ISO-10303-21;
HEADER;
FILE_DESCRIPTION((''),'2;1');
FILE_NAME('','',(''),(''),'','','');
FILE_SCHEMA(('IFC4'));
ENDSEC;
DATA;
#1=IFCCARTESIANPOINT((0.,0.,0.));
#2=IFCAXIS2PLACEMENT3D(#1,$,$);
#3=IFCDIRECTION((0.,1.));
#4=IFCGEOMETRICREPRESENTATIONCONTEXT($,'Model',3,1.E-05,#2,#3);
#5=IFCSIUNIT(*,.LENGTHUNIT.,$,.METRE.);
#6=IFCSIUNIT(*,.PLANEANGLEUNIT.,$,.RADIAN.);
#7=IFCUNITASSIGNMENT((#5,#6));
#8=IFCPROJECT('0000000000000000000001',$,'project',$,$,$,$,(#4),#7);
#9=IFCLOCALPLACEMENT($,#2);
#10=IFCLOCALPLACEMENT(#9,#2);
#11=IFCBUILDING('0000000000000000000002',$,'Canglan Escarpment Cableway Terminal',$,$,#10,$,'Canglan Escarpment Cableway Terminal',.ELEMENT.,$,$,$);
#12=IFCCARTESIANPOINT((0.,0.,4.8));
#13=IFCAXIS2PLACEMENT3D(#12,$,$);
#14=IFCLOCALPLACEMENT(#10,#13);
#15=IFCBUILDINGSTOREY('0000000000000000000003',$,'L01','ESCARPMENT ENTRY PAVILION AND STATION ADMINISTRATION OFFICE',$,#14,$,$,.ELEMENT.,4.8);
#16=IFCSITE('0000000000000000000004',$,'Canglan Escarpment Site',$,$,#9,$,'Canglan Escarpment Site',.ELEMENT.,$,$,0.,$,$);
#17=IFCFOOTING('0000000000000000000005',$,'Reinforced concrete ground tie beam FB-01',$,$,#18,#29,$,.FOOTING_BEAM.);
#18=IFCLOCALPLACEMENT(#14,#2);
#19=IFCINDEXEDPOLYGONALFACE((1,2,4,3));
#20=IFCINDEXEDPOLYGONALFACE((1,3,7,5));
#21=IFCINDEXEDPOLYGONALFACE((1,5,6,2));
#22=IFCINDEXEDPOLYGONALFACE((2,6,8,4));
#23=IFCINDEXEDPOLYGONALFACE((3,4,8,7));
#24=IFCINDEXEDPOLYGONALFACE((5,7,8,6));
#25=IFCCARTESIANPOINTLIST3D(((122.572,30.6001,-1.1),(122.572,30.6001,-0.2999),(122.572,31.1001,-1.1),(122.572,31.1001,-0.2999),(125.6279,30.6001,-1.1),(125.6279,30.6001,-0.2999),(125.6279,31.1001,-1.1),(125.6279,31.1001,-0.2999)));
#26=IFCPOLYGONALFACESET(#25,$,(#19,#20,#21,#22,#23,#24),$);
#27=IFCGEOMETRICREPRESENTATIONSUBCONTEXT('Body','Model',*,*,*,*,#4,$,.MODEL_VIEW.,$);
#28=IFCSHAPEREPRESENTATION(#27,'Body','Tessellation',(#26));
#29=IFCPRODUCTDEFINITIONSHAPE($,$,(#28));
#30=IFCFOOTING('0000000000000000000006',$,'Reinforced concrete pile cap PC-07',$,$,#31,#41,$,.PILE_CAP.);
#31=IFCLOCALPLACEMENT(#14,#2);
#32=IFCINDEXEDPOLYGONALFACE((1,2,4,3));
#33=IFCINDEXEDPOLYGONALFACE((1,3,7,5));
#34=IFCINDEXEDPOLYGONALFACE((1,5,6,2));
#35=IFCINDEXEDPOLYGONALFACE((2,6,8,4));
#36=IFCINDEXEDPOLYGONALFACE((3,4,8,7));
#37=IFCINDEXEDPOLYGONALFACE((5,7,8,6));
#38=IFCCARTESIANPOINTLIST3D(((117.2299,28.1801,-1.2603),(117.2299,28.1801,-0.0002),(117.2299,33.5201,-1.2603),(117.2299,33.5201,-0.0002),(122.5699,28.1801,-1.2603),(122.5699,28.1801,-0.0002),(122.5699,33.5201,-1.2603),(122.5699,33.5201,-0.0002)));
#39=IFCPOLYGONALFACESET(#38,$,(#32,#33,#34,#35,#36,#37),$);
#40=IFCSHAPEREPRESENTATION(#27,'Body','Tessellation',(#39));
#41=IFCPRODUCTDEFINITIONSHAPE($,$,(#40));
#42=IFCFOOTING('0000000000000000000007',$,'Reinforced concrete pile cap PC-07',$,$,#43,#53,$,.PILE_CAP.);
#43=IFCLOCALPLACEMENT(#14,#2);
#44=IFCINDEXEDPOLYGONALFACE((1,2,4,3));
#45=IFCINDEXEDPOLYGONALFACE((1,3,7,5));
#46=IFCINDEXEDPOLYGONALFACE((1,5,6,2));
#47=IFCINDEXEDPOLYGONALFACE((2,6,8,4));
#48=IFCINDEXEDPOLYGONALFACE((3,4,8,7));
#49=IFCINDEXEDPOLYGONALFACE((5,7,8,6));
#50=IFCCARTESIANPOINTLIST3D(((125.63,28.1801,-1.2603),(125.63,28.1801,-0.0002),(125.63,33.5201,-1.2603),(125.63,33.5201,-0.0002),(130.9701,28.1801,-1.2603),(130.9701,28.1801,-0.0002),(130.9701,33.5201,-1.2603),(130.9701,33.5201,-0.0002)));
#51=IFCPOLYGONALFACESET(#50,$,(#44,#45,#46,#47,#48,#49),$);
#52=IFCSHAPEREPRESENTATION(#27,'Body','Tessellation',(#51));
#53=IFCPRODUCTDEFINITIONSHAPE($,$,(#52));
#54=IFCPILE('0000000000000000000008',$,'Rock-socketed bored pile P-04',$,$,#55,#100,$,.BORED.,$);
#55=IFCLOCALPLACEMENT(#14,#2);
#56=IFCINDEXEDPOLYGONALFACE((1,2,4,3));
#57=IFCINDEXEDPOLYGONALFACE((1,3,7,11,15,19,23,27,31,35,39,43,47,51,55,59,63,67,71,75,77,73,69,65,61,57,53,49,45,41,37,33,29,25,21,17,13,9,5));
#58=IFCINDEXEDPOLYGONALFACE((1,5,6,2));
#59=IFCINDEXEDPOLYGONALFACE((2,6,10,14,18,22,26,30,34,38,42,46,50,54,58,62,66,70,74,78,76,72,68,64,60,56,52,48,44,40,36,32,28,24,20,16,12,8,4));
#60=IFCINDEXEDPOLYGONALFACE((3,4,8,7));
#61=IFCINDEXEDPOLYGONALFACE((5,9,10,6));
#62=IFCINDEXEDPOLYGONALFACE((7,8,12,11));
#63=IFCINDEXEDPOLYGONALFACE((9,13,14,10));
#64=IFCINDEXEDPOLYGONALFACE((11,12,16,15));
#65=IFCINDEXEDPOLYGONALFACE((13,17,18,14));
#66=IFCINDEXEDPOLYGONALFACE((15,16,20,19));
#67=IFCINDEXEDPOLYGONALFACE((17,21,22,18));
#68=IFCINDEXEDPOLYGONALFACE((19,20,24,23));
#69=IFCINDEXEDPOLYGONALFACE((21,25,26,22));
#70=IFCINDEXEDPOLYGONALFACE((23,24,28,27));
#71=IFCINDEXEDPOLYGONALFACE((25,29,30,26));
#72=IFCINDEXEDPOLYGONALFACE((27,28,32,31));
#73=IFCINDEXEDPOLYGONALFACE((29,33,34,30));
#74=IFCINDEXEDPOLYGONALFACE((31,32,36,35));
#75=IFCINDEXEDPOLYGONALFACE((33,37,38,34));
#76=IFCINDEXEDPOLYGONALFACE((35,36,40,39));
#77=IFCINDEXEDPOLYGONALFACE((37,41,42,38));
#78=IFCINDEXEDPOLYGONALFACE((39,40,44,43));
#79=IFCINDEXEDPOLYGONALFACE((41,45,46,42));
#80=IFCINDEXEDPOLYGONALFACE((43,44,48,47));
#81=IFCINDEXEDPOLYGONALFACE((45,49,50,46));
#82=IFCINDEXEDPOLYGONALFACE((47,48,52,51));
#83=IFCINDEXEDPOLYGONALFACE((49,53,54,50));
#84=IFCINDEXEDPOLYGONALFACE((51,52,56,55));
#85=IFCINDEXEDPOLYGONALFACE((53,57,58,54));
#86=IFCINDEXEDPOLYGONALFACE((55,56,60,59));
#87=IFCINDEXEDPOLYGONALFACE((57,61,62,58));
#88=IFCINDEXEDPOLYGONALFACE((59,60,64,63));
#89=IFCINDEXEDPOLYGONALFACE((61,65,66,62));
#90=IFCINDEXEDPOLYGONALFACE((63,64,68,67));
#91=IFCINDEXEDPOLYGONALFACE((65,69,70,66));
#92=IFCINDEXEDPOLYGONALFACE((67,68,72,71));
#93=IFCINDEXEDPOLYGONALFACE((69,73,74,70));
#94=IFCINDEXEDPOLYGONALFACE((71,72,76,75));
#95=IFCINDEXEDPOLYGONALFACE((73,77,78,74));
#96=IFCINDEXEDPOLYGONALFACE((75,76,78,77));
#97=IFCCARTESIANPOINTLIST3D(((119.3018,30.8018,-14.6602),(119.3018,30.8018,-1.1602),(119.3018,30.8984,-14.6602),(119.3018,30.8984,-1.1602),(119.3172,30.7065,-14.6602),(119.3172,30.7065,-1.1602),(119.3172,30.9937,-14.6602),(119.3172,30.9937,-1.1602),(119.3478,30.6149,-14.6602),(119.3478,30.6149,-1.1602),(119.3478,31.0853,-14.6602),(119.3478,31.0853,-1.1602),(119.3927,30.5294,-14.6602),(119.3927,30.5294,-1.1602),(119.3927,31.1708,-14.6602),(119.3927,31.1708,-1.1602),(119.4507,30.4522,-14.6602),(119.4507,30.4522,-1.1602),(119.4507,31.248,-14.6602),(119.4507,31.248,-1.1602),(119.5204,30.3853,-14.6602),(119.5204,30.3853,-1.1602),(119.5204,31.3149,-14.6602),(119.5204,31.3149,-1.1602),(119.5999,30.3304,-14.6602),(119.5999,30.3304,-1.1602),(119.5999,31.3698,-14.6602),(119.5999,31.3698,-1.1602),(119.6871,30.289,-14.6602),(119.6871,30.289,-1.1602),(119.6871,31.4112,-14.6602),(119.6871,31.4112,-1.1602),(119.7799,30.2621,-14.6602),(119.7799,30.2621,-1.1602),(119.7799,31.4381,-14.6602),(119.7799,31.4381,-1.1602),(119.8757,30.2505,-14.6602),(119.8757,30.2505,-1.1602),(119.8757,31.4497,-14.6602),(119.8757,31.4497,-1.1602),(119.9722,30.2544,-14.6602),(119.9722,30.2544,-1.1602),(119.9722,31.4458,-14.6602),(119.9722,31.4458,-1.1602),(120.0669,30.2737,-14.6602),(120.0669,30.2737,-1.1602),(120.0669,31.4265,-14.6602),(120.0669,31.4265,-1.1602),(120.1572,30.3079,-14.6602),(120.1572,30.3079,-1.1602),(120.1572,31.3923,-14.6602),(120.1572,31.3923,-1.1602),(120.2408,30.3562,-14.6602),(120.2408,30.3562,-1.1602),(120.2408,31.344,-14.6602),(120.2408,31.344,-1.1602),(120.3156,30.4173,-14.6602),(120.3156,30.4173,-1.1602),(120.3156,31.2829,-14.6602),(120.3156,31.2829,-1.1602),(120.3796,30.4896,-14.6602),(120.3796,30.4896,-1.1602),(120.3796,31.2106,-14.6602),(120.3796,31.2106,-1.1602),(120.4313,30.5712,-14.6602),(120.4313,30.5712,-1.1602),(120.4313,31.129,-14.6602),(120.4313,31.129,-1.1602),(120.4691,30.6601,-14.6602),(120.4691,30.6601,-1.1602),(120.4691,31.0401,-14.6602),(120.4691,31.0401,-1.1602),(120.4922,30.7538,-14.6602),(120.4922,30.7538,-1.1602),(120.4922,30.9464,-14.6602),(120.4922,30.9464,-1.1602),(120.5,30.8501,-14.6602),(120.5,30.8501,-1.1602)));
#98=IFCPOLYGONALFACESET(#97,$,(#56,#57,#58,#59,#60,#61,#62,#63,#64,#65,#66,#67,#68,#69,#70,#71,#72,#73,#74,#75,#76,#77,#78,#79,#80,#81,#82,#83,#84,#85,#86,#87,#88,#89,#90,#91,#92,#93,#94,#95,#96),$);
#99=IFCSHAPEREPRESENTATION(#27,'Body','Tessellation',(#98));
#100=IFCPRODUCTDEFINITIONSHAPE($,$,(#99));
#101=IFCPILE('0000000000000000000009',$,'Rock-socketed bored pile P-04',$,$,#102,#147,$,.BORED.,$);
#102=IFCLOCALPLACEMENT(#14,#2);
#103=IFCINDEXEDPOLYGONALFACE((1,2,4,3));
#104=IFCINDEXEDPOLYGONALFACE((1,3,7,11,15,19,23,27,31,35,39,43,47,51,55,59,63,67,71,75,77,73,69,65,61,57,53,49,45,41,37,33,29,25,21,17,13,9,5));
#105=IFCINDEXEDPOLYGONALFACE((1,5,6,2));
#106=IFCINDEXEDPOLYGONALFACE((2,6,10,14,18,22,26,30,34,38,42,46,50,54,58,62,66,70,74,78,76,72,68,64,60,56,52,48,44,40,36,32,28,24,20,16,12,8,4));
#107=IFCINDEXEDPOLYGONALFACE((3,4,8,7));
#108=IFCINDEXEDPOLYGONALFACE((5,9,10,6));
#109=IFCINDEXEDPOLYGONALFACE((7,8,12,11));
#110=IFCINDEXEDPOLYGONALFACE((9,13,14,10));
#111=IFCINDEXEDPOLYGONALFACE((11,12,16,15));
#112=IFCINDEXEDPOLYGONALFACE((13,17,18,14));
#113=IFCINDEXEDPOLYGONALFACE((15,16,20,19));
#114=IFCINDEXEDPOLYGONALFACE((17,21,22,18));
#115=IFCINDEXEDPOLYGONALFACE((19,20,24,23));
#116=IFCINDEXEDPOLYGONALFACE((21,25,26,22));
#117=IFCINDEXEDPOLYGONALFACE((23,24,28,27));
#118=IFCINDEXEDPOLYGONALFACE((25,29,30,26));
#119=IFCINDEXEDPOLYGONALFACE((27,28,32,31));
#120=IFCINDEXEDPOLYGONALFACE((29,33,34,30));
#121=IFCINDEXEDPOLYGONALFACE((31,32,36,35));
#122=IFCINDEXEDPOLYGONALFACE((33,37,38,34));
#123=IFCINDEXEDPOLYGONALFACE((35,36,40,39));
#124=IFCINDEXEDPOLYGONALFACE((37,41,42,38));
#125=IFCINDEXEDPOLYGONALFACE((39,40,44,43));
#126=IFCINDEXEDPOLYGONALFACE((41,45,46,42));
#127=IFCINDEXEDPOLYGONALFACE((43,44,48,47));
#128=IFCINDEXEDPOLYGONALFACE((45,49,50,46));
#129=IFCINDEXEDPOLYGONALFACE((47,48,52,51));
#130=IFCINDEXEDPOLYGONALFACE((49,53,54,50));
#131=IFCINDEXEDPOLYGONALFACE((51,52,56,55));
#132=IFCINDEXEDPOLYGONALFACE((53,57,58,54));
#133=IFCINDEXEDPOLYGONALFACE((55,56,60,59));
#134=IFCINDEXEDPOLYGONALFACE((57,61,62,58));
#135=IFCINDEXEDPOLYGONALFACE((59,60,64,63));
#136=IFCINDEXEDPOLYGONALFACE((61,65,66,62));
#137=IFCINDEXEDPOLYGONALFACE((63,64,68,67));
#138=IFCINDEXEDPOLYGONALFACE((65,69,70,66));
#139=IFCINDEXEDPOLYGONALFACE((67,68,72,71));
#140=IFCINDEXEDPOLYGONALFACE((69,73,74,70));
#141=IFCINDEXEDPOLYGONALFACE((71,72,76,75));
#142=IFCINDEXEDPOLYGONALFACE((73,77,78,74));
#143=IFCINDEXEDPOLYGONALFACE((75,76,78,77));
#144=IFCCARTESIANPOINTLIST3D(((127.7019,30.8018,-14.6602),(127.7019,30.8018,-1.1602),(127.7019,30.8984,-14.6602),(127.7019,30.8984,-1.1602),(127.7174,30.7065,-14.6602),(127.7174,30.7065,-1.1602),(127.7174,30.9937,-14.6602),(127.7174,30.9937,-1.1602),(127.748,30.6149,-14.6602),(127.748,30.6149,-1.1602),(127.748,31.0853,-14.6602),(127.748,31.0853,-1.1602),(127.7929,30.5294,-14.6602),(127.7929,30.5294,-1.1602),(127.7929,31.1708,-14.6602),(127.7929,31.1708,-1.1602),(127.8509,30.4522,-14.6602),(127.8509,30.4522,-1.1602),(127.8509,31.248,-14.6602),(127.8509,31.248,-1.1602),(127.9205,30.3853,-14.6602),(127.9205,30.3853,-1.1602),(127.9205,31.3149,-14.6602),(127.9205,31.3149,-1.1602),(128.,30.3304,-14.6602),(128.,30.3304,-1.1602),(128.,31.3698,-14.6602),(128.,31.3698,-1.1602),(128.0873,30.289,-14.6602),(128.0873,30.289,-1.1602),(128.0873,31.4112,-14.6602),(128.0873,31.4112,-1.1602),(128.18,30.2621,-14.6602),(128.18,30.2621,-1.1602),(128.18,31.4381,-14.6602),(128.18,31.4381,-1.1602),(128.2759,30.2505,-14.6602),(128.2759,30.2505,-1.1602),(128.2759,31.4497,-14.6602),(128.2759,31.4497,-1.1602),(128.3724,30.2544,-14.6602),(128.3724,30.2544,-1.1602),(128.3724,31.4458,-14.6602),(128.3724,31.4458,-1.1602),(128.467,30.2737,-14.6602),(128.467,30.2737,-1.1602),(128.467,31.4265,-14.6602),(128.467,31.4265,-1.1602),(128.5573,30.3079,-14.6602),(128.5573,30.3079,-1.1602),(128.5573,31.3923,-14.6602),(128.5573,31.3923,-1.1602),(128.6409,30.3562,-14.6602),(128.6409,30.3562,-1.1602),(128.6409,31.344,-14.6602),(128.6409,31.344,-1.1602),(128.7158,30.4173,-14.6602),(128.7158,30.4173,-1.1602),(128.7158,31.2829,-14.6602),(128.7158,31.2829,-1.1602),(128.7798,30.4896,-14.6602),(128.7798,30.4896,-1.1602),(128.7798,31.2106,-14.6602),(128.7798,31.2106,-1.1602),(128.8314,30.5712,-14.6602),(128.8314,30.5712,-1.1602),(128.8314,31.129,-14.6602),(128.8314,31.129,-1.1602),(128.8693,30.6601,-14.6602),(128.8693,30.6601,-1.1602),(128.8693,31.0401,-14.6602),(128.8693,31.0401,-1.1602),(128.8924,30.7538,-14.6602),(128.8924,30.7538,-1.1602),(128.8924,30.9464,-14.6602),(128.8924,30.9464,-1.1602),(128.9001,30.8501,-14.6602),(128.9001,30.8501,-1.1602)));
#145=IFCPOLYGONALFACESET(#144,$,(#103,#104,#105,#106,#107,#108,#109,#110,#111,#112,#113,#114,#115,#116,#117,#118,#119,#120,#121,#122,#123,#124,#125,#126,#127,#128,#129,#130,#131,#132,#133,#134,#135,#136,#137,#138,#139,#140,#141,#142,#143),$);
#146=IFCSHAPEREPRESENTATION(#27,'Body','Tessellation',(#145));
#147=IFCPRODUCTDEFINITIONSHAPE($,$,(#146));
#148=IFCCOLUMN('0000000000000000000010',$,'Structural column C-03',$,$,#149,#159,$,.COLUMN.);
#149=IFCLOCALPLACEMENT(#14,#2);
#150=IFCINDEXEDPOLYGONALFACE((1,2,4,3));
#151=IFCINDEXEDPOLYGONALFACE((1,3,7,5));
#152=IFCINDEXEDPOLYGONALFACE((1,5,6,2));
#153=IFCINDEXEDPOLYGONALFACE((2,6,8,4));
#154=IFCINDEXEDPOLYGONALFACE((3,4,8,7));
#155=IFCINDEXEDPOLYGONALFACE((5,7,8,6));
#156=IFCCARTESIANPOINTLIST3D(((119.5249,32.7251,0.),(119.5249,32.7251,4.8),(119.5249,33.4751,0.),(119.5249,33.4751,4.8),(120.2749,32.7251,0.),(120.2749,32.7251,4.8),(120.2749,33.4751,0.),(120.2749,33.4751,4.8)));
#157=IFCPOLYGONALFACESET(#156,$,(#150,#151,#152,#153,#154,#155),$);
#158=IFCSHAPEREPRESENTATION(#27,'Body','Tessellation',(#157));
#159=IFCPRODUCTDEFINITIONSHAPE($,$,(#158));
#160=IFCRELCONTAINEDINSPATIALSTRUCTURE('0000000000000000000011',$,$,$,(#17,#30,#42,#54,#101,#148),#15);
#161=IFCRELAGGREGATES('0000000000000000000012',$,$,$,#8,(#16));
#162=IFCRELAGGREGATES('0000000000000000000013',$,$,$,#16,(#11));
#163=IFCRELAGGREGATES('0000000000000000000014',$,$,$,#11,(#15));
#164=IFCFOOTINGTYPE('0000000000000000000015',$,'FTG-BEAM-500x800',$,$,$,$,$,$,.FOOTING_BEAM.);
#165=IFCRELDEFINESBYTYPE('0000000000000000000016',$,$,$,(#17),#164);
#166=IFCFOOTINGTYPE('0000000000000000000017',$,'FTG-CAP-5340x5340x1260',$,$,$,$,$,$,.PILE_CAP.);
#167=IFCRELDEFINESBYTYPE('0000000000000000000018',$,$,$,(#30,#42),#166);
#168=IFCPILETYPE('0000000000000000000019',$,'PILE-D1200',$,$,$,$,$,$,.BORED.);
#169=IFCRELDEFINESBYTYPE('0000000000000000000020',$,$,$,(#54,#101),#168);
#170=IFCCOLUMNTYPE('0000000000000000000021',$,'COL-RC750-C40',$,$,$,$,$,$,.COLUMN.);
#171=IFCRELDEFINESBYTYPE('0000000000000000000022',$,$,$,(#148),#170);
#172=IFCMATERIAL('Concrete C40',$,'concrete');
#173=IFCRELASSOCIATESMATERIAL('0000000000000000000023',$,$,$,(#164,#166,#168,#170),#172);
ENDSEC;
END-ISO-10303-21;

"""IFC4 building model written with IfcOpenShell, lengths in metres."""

from ifc_helpers import new_model, si_unit, direction, frame, origin, origin_2d, place, context, subcontext, project, spatial, rectangle, circle, extrude, material, material_profile, profile_set, type_object, element, save


model = new_model("IFC4")

# Units and contexts
model_context = context("Model", 3, precision=1e-05, world=origin(), true_north=direction((0.0, 1.0)))
body_context = subcontext(model_context, "Body", "Model", "MODEL_VIEW")
ifc_project = project(units=[si_unit("LENGTHUNIT", "METRE"), si_unit("PLANEANGLEUNIT", "RADIAN")], contexts=[model_context])

# Site, building, storey
site_placement = place(None, origin())
site = spatial("IfcSite", under=ifc_project, at=site_placement, Name="Canglan Escarpment Site", LongName="Canglan Escarpment Site", CompositionType="ELEMENT", RefElevation=0.0)
building_placement = place(site_placement, origin())
building = spatial("IfcBuilding", under=site, at=building_placement, Name="Canglan Escarpment Cableway Terminal", LongName="Canglan Escarpment Cableway Terminal", CompositionType="ELEMENT")
storey_placement = place(building_placement, frame((0.0, 0.0, 4.8)))
storey = spatial("IfcBuildingStorey", under=building, at=storey_placement, Name="L01", Description="ESCARPMENT ENTRY PAVILION AND STATION ADMINISTRATION OFFICE", CompositionType="ELEMENT", Elevation=4.8)

# Footings
ifc_material_1 = material(Name="Concrete C40", Category="concrete")
ifc_material_profile_1 = material_profile(ifc_material_1, rectangle(XDim=0.5, YDim=0.8, at=origin_2d()), Name="FB 500x800")
ifc_profile_set_1 = profile_set([ifc_material_profile_1], Name="Concrete C40")
footing_type_1 = type_object("IfcFootingType", Name="FTG-BEAM-500x800", PredefinedType="FOOTING_BEAM", material=ifc_profile_set_1)
footing_placement = place(storey_placement, frame((122.572, 30.8501, -0.7), z_axis=(1.0, 0.0, 0.0), x_axis=(0.0, 1.0, 0.0)))
element("IfcFooting", 1, at=footing_placement, inside=storey, type_object=footing_type_1, Name="Reinforced concrete ground tie beam FB-01", PredefinedType="FOOTING_BEAM", context=body_context, shape_type="SweptSolid", body=[
    extrude(rectangle(XDim=0.5, YDim=0.8, at=origin_2d()), origin(), (0.0, 0.0, 1.0), 3.0559),
])
footing_type_2 = type_object("IfcFootingType", Name="FTG-CAP-5340x5340x1260", PredefinedType="PILE_CAP", material=ifc_material_1)
for number, where, z_axis, x_axis, name in (
    (2, (119.8999, 30.8501, -1.2603), (0.0, 0.0, 1.0), (1.0, 0.0, 0.0), "Reinforced concrete pile cap PC-07"),
    (3, (128.3, 30.8501, -1.2603), (0.0, 0.0, 1.0), (1.0, 0.0, 0.0), "Reinforced concrete pile cap PC-07"),
):
    element("IfcFooting", number, at=place(storey_placement, frame(where, z_axis=z_axis, x_axis=x_axis)), inside=storey, type_object=footing_type_2, Name=name, PredefinedType="PILE_CAP", context=body_context, shape_type="SweptSolid", body=[
        extrude(rectangle(XDim=5.3401, YDim=5.3401, at=origin_2d()), origin(), (0.0, 0.0, 1.0), 1.26),
    ])

# Piles
ifc_material_profile_2 = material_profile(ifc_material_1, circle(Radius=0.6001, at=origin_2d()), Name="BORED PILE D1200")
ifc_profile_set_2 = profile_set([ifc_material_profile_2], Name="Concrete C40")
pile_type = type_object("IfcPileType", Name="PILE-D1200", PredefinedType="BORED", material=ifc_profile_set_2)
for number, where, z_axis, x_axis, name in (
    (4, (119.8999, 30.8501, -1.1602), (0.0, 0.0, -1.0), (1.0, 0.0, 0.0), "Rock-socketed bored pile P-04"),
    (5, (128.3, 30.8501, -1.1602), (0.0, 0.0, -1.0), (1.0, 0.0, 0.0), "Rock-socketed bored pile P-04"),
):
    element("IfcPile", number, at=place(storey_placement, frame(where, z_axis=z_axis, x_axis=x_axis)), inside=storey, type_object=pile_type, Name=name, PredefinedType="BORED", context=body_context, shape_type="SweptSolid", body=[
        extrude(circle(Radius=0.6001, at=origin_2d()), origin(), (0.0, 0.0, 1.0), 13.5),
    ])

# Column
ifc_material_profile_3 = material_profile(ifc_material_1, rectangle(XDim=0.75, YDim=0.75, at=origin_2d()), Name="RC 750x750")
ifc_profile_set_3 = profile_set([ifc_material_profile_3], Name="Concrete C40")
column_type = type_object("IfcColumnType", Name="COL-RC750-C40", PredefinedType="COLUMN", material=ifc_profile_set_3)
column_placement = place(storey_placement, frame((119.8999, 33.1001, 0.0), z_axis=(0.0, 0.0, 1.0), x_axis=(1.0, 0.0, 0.0)))
element("IfcColumn", 6, at=column_placement, inside=storey, type_object=column_type, Name="Structural column C-03", PredefinedType="COLUMN", context=body_context, shape_type="SweptSolid", body=[
    extrude(rectangle(XDim=0.75, YDim=0.75, at=origin_2d()), origin(), (0.0, 0.0, 1.0), 4.8),
])

save(model, "model.ifc")
